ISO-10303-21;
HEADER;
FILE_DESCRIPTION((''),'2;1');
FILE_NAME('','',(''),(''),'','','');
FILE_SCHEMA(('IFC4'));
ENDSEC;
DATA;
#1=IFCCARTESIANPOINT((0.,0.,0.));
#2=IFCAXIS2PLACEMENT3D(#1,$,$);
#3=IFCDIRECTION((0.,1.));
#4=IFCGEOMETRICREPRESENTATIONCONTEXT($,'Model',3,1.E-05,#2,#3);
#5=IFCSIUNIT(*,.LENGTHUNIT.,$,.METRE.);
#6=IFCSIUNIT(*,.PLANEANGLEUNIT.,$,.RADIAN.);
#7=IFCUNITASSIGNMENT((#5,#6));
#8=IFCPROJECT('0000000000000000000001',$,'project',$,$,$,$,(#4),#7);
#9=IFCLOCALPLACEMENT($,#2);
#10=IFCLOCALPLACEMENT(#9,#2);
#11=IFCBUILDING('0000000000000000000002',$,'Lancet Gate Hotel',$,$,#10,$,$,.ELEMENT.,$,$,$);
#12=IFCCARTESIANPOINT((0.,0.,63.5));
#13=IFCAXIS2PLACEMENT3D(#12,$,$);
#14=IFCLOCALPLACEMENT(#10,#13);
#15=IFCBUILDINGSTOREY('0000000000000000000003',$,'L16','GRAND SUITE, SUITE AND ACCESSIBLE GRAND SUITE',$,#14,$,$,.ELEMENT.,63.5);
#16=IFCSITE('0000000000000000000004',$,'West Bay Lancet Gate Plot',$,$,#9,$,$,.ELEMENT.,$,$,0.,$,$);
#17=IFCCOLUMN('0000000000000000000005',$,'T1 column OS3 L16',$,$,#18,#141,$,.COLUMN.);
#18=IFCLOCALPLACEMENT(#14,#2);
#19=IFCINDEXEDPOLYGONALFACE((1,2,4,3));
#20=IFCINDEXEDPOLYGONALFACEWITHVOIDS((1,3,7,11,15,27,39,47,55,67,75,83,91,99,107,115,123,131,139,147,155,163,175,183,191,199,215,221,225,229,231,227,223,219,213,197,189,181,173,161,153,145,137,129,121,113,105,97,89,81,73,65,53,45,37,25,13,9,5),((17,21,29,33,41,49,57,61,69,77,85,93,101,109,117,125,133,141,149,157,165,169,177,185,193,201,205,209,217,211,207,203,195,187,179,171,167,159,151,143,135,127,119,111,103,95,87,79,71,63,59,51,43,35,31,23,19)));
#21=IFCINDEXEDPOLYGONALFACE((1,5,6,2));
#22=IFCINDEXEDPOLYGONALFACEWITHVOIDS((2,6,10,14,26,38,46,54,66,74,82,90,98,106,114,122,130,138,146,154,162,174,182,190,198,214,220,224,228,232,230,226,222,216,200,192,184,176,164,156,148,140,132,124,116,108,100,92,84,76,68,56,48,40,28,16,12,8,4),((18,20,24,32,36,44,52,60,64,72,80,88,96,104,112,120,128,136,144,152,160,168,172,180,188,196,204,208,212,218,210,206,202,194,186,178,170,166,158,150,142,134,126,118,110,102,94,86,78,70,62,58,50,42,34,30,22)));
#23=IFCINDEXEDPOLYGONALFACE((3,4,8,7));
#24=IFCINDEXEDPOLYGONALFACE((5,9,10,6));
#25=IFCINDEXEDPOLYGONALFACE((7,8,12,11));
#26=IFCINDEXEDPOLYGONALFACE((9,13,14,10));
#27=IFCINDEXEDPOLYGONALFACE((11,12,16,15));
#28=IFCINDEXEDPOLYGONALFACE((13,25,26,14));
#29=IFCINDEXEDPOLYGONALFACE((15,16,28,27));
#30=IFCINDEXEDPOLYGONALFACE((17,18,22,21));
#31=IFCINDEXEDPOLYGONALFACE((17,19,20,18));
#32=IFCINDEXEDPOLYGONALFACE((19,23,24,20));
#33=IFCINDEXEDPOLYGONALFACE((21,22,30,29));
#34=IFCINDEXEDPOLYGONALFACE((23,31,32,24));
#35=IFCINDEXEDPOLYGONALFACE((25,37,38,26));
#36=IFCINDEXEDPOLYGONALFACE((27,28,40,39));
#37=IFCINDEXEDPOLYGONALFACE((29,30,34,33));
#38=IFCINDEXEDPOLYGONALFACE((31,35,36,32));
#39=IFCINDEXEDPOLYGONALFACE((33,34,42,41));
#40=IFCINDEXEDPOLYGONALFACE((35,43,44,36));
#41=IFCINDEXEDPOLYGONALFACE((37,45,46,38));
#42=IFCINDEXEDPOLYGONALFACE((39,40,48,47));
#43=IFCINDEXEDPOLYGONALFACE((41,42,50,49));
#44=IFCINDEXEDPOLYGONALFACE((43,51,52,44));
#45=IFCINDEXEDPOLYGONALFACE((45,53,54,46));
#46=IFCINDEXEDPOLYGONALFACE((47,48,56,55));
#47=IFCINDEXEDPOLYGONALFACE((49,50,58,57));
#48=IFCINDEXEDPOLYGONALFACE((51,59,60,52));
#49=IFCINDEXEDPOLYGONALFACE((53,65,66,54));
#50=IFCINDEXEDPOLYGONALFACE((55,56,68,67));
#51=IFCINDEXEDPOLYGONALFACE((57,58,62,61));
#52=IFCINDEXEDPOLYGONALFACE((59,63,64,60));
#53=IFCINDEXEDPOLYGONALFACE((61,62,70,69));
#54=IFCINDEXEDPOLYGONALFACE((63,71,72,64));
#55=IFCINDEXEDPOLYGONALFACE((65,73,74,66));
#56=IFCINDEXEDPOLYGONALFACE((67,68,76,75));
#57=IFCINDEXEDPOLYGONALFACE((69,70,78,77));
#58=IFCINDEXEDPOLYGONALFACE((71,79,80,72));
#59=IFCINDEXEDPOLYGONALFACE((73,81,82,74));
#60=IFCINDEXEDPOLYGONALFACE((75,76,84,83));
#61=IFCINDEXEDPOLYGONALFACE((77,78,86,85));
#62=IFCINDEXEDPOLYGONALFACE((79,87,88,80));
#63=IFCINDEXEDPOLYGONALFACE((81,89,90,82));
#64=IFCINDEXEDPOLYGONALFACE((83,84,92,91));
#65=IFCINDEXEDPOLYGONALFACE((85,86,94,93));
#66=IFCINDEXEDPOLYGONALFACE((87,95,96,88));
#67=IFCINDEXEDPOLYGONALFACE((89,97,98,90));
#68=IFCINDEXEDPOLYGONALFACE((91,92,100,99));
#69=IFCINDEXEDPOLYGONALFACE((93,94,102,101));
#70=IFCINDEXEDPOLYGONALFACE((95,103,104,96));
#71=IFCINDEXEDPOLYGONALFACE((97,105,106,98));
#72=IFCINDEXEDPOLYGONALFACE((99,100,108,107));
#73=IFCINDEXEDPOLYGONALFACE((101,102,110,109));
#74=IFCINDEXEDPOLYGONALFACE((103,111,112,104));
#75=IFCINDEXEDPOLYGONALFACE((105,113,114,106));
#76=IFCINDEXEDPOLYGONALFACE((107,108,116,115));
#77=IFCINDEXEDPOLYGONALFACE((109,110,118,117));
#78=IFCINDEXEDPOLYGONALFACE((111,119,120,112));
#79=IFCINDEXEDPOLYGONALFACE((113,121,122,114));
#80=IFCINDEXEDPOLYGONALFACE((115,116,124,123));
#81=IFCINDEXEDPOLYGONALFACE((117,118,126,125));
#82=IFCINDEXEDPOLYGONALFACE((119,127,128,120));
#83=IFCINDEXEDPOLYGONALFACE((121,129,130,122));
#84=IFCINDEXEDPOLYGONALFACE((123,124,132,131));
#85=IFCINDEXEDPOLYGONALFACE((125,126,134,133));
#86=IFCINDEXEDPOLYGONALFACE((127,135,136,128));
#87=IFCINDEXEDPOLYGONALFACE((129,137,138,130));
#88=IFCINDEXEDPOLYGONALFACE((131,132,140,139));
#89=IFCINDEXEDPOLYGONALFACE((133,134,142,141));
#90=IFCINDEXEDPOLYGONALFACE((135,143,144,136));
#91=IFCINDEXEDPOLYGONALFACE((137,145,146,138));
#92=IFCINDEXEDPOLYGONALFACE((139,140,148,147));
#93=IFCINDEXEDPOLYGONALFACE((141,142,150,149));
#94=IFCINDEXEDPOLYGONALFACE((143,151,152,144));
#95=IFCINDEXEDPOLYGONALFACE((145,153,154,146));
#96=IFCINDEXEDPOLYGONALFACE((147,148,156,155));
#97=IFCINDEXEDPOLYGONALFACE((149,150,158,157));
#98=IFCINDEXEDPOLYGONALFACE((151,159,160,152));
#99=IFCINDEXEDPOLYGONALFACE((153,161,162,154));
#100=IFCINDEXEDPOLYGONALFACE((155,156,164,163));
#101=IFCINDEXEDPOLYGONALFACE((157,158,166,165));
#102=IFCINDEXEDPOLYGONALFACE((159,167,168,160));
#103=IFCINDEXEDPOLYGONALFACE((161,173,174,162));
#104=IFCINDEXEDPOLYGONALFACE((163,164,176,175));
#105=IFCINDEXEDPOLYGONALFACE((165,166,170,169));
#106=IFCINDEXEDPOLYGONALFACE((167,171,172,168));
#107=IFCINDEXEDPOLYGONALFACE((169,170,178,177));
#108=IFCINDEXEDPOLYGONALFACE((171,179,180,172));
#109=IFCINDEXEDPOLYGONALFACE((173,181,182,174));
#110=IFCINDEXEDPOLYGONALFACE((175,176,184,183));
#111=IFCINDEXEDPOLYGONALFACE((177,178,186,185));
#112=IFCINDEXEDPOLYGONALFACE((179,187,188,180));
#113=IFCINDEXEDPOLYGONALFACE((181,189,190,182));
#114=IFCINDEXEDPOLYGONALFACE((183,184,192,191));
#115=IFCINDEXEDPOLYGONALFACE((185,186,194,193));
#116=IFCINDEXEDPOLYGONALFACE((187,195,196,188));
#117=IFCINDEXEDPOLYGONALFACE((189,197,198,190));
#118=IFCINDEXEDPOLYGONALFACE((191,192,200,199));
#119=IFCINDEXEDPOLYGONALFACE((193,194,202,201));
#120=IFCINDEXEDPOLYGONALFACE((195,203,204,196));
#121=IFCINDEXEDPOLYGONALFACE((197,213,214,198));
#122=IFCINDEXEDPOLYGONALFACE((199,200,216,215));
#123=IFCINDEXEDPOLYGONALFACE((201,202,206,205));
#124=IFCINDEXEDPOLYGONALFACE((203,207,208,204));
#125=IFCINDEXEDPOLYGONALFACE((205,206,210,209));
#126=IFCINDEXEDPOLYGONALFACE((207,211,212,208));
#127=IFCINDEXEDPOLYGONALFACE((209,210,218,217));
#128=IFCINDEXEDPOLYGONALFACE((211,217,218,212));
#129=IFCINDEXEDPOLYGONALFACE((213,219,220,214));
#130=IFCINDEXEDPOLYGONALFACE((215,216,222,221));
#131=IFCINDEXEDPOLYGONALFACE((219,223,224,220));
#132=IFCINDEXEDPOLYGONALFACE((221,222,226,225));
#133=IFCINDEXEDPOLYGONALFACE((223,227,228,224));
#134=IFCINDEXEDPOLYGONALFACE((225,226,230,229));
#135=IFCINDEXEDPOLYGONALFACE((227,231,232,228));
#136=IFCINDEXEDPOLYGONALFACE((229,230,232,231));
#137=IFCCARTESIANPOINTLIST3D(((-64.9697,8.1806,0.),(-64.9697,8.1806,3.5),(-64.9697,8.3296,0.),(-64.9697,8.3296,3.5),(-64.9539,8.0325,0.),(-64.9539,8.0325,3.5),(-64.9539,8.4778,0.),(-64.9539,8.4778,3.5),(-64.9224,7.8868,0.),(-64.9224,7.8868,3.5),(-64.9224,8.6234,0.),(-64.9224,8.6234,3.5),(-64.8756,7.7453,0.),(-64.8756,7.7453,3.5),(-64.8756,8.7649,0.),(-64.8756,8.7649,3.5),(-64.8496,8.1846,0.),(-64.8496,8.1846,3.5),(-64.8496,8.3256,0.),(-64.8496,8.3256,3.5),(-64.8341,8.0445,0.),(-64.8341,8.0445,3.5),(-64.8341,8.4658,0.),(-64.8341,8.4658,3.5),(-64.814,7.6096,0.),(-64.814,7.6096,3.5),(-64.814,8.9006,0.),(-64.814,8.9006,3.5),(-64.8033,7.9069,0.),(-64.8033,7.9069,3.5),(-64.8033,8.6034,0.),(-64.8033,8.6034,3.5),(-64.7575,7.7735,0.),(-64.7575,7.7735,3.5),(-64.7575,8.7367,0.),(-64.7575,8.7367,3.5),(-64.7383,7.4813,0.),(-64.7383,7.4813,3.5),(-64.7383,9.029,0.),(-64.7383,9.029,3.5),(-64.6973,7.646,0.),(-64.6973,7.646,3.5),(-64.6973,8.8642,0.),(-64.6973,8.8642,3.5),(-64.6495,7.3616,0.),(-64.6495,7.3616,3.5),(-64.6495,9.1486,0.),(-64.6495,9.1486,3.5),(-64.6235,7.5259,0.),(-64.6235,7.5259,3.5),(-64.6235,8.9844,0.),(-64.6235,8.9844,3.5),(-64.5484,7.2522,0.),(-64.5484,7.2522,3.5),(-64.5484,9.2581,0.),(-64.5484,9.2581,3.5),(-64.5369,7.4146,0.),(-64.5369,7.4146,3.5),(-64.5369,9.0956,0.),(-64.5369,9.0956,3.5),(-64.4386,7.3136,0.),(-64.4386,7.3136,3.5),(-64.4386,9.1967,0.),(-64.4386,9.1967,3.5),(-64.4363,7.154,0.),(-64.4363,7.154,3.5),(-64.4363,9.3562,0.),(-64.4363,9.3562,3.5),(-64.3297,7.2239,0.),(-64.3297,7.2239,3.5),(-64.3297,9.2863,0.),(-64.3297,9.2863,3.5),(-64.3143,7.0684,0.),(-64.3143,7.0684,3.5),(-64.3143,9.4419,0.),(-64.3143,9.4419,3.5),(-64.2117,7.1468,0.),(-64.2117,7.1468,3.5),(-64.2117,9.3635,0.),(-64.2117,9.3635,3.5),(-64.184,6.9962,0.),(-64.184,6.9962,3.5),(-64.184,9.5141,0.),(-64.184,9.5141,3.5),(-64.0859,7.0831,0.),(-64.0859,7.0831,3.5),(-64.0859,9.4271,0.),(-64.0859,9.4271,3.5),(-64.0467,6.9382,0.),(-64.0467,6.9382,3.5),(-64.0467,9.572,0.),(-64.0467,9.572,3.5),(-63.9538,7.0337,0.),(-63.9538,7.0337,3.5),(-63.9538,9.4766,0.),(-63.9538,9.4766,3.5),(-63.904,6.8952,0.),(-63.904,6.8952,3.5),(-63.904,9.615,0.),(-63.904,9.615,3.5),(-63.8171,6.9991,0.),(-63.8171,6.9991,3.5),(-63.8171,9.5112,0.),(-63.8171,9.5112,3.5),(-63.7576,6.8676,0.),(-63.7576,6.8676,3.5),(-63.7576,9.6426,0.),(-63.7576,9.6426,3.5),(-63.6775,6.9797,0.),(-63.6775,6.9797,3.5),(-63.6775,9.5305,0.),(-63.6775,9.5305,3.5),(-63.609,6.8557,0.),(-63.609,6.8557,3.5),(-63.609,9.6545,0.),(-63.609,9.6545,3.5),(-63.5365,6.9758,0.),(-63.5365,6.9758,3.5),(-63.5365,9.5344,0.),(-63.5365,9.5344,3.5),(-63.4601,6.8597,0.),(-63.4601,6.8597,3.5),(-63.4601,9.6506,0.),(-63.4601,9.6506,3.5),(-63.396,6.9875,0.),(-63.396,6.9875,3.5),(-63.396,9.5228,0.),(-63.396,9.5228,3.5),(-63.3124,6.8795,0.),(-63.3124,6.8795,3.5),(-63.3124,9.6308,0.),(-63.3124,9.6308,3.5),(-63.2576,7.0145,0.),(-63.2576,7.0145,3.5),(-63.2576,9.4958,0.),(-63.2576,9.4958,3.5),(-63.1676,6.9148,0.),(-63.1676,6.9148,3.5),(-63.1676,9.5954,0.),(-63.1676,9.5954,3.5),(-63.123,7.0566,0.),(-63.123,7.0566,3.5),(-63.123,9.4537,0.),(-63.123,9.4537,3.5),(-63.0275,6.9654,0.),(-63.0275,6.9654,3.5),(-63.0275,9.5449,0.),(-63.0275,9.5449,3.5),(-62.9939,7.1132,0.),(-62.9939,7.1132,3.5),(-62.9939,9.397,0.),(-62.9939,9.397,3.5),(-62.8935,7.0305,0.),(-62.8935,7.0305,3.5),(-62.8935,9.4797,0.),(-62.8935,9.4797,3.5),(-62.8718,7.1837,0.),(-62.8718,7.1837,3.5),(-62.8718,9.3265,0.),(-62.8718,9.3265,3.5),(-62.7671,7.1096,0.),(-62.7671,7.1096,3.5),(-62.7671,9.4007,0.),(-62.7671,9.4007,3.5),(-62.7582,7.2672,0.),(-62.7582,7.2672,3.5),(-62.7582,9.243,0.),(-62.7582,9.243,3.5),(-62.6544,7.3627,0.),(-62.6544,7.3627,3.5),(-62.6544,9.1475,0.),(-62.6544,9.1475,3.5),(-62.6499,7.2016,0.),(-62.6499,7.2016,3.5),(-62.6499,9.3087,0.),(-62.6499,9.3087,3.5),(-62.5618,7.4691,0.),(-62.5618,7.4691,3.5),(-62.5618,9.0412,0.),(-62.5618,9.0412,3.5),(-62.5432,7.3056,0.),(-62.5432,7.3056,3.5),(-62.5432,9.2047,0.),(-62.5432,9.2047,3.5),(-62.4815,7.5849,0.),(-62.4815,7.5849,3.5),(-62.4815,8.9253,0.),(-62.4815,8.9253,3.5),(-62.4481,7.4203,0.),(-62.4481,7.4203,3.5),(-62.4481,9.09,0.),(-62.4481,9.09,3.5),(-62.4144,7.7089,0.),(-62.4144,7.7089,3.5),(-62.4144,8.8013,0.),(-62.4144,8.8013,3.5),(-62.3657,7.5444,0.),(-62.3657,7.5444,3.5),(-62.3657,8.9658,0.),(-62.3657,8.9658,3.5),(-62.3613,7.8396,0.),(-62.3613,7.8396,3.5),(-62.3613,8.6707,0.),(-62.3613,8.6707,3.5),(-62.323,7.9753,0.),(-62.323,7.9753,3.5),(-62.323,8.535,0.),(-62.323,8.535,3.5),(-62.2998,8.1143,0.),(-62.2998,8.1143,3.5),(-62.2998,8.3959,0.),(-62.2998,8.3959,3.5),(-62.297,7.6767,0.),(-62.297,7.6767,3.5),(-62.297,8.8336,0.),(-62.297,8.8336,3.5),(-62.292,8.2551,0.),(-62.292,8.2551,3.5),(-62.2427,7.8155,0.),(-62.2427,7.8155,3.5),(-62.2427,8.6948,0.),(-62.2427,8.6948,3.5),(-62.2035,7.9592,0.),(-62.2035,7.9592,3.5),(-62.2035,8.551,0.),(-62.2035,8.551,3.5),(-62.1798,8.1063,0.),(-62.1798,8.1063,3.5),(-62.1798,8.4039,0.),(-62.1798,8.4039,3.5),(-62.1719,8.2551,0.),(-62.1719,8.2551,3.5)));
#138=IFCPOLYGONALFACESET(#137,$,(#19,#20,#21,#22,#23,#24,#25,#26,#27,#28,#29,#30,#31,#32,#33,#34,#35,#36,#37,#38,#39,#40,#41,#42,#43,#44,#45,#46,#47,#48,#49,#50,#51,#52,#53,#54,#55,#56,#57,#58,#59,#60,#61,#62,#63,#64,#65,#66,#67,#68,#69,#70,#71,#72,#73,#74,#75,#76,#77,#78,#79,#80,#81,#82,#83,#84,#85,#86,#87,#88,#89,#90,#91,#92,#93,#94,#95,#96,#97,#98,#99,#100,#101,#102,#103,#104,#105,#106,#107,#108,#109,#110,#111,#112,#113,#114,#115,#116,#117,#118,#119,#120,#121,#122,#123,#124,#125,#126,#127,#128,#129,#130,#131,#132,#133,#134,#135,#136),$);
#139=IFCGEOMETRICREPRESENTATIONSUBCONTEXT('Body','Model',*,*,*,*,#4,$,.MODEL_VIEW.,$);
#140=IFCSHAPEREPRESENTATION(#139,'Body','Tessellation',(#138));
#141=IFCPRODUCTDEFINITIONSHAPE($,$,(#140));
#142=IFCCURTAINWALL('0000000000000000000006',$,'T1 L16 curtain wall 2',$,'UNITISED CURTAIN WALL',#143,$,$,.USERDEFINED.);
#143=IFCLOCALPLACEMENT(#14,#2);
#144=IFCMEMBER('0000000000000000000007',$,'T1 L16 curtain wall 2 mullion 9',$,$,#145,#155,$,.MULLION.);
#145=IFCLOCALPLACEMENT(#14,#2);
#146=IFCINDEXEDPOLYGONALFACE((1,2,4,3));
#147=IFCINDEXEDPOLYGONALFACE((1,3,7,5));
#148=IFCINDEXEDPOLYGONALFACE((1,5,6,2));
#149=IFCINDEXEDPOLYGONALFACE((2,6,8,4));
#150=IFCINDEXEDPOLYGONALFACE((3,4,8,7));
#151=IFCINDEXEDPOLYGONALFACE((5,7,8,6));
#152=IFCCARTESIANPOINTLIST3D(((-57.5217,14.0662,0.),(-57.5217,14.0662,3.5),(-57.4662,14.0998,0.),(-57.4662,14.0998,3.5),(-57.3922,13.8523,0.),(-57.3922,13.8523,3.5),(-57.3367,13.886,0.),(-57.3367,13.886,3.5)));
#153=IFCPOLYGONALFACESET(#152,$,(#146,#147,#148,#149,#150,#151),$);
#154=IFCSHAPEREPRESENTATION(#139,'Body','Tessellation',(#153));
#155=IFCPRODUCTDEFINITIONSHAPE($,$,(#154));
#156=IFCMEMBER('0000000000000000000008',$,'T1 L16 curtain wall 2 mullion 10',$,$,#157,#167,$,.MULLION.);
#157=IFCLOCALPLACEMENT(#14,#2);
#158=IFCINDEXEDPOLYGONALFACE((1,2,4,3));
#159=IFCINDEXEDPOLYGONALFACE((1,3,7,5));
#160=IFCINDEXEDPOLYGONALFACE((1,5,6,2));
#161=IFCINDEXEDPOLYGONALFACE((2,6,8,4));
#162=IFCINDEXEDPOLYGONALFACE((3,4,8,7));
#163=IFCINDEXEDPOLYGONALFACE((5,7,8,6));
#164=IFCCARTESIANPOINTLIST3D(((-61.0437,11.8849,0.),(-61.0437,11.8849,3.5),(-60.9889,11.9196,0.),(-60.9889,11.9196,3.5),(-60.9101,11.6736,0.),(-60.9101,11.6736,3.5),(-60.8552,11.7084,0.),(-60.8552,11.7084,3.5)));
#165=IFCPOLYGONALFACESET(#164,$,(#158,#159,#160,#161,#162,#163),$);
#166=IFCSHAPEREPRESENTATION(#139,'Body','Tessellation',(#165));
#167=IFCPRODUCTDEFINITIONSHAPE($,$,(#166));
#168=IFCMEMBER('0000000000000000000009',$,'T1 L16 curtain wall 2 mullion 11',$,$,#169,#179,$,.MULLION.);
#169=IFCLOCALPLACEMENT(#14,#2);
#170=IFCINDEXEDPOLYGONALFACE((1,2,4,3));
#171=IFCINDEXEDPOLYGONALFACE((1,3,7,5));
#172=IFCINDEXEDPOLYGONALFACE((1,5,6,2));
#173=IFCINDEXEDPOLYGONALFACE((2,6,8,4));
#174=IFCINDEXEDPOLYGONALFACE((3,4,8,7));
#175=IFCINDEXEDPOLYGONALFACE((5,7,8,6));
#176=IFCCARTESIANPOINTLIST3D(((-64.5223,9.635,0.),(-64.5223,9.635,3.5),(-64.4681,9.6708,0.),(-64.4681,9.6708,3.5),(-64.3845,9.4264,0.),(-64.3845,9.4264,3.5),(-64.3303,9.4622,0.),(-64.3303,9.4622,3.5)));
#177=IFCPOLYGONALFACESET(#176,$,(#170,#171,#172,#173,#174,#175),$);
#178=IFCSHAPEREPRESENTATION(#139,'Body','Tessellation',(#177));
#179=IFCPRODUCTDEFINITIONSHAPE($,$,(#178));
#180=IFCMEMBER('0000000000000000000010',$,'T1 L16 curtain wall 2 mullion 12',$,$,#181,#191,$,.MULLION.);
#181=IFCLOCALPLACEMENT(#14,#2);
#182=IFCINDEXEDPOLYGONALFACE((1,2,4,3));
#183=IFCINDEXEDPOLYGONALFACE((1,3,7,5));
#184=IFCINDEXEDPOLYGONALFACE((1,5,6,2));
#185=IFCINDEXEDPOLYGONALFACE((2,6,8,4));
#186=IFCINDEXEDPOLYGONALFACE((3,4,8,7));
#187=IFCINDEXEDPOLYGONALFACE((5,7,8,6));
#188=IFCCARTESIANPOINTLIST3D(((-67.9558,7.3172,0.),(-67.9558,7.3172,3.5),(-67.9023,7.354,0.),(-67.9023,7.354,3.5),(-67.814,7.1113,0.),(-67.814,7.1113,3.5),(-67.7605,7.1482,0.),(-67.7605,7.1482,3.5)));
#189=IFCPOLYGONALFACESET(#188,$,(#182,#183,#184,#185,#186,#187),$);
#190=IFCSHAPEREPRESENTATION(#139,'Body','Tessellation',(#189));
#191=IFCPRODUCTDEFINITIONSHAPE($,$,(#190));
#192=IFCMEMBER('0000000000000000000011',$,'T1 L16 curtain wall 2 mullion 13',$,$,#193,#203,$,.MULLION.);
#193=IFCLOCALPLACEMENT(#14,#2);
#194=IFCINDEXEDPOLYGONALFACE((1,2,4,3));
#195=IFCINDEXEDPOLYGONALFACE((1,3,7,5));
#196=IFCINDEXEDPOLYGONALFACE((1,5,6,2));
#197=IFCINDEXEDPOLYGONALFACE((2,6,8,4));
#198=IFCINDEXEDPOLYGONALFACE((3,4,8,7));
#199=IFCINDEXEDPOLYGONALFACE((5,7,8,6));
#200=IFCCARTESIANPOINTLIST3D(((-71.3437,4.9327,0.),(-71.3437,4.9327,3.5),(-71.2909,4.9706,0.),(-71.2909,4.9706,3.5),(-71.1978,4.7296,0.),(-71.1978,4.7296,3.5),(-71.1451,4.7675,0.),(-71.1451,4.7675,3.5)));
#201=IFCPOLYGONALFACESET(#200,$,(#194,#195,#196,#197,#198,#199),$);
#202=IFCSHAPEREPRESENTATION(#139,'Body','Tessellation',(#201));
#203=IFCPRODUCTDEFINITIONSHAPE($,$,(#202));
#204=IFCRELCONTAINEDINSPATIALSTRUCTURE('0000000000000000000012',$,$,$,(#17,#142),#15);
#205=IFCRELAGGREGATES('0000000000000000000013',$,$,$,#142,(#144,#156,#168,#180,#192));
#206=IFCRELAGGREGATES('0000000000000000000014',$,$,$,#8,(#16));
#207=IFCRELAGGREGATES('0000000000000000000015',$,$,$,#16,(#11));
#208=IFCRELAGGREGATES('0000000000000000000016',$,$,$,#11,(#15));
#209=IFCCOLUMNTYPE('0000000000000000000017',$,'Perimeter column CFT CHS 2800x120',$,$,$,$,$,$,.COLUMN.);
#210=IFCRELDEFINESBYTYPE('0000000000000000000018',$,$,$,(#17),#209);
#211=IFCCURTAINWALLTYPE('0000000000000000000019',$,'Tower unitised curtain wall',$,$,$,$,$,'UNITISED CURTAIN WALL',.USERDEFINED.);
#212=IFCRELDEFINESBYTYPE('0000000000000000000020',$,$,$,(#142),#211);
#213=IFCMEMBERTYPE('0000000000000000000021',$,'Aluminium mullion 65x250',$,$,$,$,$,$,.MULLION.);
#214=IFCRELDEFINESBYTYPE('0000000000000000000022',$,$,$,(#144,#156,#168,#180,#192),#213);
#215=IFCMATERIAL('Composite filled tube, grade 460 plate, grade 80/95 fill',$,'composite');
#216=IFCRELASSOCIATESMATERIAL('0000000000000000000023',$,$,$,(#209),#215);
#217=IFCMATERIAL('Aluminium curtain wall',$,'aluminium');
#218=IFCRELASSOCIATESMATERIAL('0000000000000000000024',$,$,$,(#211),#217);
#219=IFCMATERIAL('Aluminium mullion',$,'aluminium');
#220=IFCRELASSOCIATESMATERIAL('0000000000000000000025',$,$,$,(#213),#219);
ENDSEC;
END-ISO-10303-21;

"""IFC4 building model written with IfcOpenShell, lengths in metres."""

from ifc_helpers import new_model, si_unit, direction, frame, origin, origin_2d, place, context, subcontext, project, spatial, rectangle, hollow_circle, extrude, material, material_profile, profile_set, type_object, element, aggregate, save


model = new_model("IFC4")

# Units and contexts
model_context = context("Model", 3, precision=1e-05, world=origin(), true_north=direction((0.0, 1.0)))
body_context = subcontext(model_context, "Body", "Model", "MODEL_VIEW")
ifc_project = project(units=[si_unit("LENGTHUNIT", "METRE"), si_unit("PLANEANGLEUNIT", "RADIAN")], contexts=[model_context])

# Site, building, storey
site_placement = place(None, origin())
site = spatial("IfcSite", under=ifc_project, at=site_placement, Name="West Bay Lancet Gate Plot", CompositionType="ELEMENT", RefElevation=0.0)
building_placement = place(site_placement, origin())
building = spatial("IfcBuilding", under=site, at=building_placement, Name="Lancet Gate Hotel", CompositionType="ELEMENT")
storey_placement = place(building_placement, frame((0.0, 0.0, 63.5)))
storey = spatial("IfcBuildingStorey", under=building, at=storey_placement, Name="L16", Description="GRAND SUITE, SUITE AND ACCESSIBLE GRAND SUITE", CompositionType="ELEMENT", Elevation=63.5)

# Column
ifc_material_1 = material(Name="Composite filled tube, grade 460 plate, grade 80/95 fill", Category="composite")
ifc_material_profile_1 = material_profile(ifc_material_1, hollow_circle(Radius=1.3999, WallThickness=0.1201, at=origin_2d()), Name="CHS 2800x120")
ifc_profile_set_1 = profile_set([ifc_material_profile_1], Name="Composite filled tube, grade 460 plate, grade 80/95 fill")
column_type = type_object("IfcColumnType", Name="Perimeter column CFT CHS 2800x120", PredefinedType="COLUMN", material=ifc_profile_set_1)
column_placement = place(storey_placement, frame((-63.5718, 8.2551, 0.0), z_axis=(0.0, 0.0, 1.0), x_axis=(1.0, 0.0, 0.0)))
element("IfcColumn", 1, at=column_placement, inside=storey, type_object=column_type, Name="T1 column OS3 L16", PredefinedType="COLUMN", context=body_context, shape_type="SweptSolid", body=[
    extrude(hollow_circle(Radius=1.3999, WallThickness=0.1201, at=origin_2d()), origin(), (0.0, 0.0, 1.0), 3.5),
])

# Curtain wall, members
ifc_material_2 = material(Name="Aluminium curtain wall", Category="aluminium")
curtain_wall_type = type_object("IfcCurtainWallType", Name="Tower unitised curtain wall", ElementType="UNITISED CURTAIN WALL", PredefinedType="USERDEFINED", material=ifc_material_2)
curtain_wall_placement = place(storey_placement, origin())
curtain_wall = element("IfcCurtainWall", 2, at=curtain_wall_placement, inside=storey, type_object=curtain_wall_type, Name="T1 L16 curtain wall 2", ObjectType="UNITISED CURTAIN WALL", PredefinedType="USERDEFINED")
ifc_material_3 = material(Name="Aluminium mullion", Category="aluminium")
ifc_material_profile_2 = material_profile(ifc_material_3, rectangle(XDim=0.0649, YDim=0.25, at=origin_2d()), Name="MULLION 65x250")
ifc_profile_set_2 = profile_set([ifc_material_profile_2], Name="Aluminium mullion")
member_type_1 = type_object("IfcMemberType", Name="Aluminium mullion 65x250", PredefinedType="MULLION", material=ifc_profile_set_2)
member_1_placement = place(storey_placement, frame((-57.4292, 13.9761, 0.0), z_axis=(0.0, 0.0, 1.0), x_axis=(-0.855346, -0.518057, 0.0)))
member_1 = element("IfcMember", 3, at=member_1_placement, type_object=member_type_1, Name="T1 L16 curtain wall 2 mullion 9", PredefinedType="MULLION", context=body_context, shape_type="SweptSolid", body=[
    extrude(rectangle(XDim=0.0649, YDim=0.25, at=origin_2d()), origin(), (0.0, 0.0, 1.0), 3.5),
])
member_2_placement = place(storey_placement, frame((-60.9495, 11.7966, 0.0), z_axis=(0.0, 0.0, 1.0), x_axis=(-0.845029, -0.53472, 0.0)))
member_2 = element("IfcMember", 4, at=member_2_placement, type_object=member_type_1, Name="T1 L16 curtain wall 2 mullion 10", PredefinedType="MULLION", context=body_context, shape_type="SweptSolid", body=[
    extrude(rectangle(XDim=0.0649, YDim=0.25, at=origin_2d()), origin(), (0.0, 0.0, 1.0), 3.5),
])
member_3_placement = place(storey_placement, frame((-64.4263, 9.5486, 0.0), z_axis=(0.0, 0.0, 1.0), x_axis=(-0.834387, -0.551178, 0.0)))
member_3 = element("IfcMember", 5, at=member_3_placement, type_object=member_type_1, Name="T1 L16 curtain wall 2 mullion 11", PredefinedType="MULLION", context=body_context, shape_type="SweptSolid", body=[
    extrude(rectangle(XDim=0.0649, YDim=0.25, at=origin_2d()), origin(), (0.0, 0.0, 1.0), 3.5),
])
member_4_placement = place(storey_placement, frame((-67.8582, 7.2327, 0.0), z_axis=(0.0, 0.0, 1.0), x_axis=(-0.823425, -0.567425, 0.0)))
member_4 = element("IfcMember", 6, at=member_4_placement, type_object=member_type_1, Name="T1 L16 curtain wall 2 mullion 12", PredefinedType="MULLION", context=body_context, shape_type="SweptSolid", body=[
    extrude(rectangle(XDim=0.0649, YDim=0.25, at=origin_2d()), origin(), (0.0, 0.0, 1.0), 3.5),
])
member_5_placement = place(storey_placement, frame((-71.2444, 4.8501, 0.0), z_axis=(0.0, 0.0, 1.0), x_axis=(-0.812147, -0.583453, 0.0)))
member_5 = element("IfcMember", 7, at=member_5_placement, type_object=member_type_1, Name="T1 L16 curtain wall 2 mullion 13", PredefinedType="MULLION", context=body_context, shape_type="SweptSolid", body=[
    extrude(rectangle(XDim=0.0649, YDim=0.25, at=origin_2d()), origin(), (0.0, 0.0, 1.0), 3.5),
])

aggregate(curtain_wall, [member_1, member_2, member_3, member_4, member_5])

save(model, "model.ifc")
